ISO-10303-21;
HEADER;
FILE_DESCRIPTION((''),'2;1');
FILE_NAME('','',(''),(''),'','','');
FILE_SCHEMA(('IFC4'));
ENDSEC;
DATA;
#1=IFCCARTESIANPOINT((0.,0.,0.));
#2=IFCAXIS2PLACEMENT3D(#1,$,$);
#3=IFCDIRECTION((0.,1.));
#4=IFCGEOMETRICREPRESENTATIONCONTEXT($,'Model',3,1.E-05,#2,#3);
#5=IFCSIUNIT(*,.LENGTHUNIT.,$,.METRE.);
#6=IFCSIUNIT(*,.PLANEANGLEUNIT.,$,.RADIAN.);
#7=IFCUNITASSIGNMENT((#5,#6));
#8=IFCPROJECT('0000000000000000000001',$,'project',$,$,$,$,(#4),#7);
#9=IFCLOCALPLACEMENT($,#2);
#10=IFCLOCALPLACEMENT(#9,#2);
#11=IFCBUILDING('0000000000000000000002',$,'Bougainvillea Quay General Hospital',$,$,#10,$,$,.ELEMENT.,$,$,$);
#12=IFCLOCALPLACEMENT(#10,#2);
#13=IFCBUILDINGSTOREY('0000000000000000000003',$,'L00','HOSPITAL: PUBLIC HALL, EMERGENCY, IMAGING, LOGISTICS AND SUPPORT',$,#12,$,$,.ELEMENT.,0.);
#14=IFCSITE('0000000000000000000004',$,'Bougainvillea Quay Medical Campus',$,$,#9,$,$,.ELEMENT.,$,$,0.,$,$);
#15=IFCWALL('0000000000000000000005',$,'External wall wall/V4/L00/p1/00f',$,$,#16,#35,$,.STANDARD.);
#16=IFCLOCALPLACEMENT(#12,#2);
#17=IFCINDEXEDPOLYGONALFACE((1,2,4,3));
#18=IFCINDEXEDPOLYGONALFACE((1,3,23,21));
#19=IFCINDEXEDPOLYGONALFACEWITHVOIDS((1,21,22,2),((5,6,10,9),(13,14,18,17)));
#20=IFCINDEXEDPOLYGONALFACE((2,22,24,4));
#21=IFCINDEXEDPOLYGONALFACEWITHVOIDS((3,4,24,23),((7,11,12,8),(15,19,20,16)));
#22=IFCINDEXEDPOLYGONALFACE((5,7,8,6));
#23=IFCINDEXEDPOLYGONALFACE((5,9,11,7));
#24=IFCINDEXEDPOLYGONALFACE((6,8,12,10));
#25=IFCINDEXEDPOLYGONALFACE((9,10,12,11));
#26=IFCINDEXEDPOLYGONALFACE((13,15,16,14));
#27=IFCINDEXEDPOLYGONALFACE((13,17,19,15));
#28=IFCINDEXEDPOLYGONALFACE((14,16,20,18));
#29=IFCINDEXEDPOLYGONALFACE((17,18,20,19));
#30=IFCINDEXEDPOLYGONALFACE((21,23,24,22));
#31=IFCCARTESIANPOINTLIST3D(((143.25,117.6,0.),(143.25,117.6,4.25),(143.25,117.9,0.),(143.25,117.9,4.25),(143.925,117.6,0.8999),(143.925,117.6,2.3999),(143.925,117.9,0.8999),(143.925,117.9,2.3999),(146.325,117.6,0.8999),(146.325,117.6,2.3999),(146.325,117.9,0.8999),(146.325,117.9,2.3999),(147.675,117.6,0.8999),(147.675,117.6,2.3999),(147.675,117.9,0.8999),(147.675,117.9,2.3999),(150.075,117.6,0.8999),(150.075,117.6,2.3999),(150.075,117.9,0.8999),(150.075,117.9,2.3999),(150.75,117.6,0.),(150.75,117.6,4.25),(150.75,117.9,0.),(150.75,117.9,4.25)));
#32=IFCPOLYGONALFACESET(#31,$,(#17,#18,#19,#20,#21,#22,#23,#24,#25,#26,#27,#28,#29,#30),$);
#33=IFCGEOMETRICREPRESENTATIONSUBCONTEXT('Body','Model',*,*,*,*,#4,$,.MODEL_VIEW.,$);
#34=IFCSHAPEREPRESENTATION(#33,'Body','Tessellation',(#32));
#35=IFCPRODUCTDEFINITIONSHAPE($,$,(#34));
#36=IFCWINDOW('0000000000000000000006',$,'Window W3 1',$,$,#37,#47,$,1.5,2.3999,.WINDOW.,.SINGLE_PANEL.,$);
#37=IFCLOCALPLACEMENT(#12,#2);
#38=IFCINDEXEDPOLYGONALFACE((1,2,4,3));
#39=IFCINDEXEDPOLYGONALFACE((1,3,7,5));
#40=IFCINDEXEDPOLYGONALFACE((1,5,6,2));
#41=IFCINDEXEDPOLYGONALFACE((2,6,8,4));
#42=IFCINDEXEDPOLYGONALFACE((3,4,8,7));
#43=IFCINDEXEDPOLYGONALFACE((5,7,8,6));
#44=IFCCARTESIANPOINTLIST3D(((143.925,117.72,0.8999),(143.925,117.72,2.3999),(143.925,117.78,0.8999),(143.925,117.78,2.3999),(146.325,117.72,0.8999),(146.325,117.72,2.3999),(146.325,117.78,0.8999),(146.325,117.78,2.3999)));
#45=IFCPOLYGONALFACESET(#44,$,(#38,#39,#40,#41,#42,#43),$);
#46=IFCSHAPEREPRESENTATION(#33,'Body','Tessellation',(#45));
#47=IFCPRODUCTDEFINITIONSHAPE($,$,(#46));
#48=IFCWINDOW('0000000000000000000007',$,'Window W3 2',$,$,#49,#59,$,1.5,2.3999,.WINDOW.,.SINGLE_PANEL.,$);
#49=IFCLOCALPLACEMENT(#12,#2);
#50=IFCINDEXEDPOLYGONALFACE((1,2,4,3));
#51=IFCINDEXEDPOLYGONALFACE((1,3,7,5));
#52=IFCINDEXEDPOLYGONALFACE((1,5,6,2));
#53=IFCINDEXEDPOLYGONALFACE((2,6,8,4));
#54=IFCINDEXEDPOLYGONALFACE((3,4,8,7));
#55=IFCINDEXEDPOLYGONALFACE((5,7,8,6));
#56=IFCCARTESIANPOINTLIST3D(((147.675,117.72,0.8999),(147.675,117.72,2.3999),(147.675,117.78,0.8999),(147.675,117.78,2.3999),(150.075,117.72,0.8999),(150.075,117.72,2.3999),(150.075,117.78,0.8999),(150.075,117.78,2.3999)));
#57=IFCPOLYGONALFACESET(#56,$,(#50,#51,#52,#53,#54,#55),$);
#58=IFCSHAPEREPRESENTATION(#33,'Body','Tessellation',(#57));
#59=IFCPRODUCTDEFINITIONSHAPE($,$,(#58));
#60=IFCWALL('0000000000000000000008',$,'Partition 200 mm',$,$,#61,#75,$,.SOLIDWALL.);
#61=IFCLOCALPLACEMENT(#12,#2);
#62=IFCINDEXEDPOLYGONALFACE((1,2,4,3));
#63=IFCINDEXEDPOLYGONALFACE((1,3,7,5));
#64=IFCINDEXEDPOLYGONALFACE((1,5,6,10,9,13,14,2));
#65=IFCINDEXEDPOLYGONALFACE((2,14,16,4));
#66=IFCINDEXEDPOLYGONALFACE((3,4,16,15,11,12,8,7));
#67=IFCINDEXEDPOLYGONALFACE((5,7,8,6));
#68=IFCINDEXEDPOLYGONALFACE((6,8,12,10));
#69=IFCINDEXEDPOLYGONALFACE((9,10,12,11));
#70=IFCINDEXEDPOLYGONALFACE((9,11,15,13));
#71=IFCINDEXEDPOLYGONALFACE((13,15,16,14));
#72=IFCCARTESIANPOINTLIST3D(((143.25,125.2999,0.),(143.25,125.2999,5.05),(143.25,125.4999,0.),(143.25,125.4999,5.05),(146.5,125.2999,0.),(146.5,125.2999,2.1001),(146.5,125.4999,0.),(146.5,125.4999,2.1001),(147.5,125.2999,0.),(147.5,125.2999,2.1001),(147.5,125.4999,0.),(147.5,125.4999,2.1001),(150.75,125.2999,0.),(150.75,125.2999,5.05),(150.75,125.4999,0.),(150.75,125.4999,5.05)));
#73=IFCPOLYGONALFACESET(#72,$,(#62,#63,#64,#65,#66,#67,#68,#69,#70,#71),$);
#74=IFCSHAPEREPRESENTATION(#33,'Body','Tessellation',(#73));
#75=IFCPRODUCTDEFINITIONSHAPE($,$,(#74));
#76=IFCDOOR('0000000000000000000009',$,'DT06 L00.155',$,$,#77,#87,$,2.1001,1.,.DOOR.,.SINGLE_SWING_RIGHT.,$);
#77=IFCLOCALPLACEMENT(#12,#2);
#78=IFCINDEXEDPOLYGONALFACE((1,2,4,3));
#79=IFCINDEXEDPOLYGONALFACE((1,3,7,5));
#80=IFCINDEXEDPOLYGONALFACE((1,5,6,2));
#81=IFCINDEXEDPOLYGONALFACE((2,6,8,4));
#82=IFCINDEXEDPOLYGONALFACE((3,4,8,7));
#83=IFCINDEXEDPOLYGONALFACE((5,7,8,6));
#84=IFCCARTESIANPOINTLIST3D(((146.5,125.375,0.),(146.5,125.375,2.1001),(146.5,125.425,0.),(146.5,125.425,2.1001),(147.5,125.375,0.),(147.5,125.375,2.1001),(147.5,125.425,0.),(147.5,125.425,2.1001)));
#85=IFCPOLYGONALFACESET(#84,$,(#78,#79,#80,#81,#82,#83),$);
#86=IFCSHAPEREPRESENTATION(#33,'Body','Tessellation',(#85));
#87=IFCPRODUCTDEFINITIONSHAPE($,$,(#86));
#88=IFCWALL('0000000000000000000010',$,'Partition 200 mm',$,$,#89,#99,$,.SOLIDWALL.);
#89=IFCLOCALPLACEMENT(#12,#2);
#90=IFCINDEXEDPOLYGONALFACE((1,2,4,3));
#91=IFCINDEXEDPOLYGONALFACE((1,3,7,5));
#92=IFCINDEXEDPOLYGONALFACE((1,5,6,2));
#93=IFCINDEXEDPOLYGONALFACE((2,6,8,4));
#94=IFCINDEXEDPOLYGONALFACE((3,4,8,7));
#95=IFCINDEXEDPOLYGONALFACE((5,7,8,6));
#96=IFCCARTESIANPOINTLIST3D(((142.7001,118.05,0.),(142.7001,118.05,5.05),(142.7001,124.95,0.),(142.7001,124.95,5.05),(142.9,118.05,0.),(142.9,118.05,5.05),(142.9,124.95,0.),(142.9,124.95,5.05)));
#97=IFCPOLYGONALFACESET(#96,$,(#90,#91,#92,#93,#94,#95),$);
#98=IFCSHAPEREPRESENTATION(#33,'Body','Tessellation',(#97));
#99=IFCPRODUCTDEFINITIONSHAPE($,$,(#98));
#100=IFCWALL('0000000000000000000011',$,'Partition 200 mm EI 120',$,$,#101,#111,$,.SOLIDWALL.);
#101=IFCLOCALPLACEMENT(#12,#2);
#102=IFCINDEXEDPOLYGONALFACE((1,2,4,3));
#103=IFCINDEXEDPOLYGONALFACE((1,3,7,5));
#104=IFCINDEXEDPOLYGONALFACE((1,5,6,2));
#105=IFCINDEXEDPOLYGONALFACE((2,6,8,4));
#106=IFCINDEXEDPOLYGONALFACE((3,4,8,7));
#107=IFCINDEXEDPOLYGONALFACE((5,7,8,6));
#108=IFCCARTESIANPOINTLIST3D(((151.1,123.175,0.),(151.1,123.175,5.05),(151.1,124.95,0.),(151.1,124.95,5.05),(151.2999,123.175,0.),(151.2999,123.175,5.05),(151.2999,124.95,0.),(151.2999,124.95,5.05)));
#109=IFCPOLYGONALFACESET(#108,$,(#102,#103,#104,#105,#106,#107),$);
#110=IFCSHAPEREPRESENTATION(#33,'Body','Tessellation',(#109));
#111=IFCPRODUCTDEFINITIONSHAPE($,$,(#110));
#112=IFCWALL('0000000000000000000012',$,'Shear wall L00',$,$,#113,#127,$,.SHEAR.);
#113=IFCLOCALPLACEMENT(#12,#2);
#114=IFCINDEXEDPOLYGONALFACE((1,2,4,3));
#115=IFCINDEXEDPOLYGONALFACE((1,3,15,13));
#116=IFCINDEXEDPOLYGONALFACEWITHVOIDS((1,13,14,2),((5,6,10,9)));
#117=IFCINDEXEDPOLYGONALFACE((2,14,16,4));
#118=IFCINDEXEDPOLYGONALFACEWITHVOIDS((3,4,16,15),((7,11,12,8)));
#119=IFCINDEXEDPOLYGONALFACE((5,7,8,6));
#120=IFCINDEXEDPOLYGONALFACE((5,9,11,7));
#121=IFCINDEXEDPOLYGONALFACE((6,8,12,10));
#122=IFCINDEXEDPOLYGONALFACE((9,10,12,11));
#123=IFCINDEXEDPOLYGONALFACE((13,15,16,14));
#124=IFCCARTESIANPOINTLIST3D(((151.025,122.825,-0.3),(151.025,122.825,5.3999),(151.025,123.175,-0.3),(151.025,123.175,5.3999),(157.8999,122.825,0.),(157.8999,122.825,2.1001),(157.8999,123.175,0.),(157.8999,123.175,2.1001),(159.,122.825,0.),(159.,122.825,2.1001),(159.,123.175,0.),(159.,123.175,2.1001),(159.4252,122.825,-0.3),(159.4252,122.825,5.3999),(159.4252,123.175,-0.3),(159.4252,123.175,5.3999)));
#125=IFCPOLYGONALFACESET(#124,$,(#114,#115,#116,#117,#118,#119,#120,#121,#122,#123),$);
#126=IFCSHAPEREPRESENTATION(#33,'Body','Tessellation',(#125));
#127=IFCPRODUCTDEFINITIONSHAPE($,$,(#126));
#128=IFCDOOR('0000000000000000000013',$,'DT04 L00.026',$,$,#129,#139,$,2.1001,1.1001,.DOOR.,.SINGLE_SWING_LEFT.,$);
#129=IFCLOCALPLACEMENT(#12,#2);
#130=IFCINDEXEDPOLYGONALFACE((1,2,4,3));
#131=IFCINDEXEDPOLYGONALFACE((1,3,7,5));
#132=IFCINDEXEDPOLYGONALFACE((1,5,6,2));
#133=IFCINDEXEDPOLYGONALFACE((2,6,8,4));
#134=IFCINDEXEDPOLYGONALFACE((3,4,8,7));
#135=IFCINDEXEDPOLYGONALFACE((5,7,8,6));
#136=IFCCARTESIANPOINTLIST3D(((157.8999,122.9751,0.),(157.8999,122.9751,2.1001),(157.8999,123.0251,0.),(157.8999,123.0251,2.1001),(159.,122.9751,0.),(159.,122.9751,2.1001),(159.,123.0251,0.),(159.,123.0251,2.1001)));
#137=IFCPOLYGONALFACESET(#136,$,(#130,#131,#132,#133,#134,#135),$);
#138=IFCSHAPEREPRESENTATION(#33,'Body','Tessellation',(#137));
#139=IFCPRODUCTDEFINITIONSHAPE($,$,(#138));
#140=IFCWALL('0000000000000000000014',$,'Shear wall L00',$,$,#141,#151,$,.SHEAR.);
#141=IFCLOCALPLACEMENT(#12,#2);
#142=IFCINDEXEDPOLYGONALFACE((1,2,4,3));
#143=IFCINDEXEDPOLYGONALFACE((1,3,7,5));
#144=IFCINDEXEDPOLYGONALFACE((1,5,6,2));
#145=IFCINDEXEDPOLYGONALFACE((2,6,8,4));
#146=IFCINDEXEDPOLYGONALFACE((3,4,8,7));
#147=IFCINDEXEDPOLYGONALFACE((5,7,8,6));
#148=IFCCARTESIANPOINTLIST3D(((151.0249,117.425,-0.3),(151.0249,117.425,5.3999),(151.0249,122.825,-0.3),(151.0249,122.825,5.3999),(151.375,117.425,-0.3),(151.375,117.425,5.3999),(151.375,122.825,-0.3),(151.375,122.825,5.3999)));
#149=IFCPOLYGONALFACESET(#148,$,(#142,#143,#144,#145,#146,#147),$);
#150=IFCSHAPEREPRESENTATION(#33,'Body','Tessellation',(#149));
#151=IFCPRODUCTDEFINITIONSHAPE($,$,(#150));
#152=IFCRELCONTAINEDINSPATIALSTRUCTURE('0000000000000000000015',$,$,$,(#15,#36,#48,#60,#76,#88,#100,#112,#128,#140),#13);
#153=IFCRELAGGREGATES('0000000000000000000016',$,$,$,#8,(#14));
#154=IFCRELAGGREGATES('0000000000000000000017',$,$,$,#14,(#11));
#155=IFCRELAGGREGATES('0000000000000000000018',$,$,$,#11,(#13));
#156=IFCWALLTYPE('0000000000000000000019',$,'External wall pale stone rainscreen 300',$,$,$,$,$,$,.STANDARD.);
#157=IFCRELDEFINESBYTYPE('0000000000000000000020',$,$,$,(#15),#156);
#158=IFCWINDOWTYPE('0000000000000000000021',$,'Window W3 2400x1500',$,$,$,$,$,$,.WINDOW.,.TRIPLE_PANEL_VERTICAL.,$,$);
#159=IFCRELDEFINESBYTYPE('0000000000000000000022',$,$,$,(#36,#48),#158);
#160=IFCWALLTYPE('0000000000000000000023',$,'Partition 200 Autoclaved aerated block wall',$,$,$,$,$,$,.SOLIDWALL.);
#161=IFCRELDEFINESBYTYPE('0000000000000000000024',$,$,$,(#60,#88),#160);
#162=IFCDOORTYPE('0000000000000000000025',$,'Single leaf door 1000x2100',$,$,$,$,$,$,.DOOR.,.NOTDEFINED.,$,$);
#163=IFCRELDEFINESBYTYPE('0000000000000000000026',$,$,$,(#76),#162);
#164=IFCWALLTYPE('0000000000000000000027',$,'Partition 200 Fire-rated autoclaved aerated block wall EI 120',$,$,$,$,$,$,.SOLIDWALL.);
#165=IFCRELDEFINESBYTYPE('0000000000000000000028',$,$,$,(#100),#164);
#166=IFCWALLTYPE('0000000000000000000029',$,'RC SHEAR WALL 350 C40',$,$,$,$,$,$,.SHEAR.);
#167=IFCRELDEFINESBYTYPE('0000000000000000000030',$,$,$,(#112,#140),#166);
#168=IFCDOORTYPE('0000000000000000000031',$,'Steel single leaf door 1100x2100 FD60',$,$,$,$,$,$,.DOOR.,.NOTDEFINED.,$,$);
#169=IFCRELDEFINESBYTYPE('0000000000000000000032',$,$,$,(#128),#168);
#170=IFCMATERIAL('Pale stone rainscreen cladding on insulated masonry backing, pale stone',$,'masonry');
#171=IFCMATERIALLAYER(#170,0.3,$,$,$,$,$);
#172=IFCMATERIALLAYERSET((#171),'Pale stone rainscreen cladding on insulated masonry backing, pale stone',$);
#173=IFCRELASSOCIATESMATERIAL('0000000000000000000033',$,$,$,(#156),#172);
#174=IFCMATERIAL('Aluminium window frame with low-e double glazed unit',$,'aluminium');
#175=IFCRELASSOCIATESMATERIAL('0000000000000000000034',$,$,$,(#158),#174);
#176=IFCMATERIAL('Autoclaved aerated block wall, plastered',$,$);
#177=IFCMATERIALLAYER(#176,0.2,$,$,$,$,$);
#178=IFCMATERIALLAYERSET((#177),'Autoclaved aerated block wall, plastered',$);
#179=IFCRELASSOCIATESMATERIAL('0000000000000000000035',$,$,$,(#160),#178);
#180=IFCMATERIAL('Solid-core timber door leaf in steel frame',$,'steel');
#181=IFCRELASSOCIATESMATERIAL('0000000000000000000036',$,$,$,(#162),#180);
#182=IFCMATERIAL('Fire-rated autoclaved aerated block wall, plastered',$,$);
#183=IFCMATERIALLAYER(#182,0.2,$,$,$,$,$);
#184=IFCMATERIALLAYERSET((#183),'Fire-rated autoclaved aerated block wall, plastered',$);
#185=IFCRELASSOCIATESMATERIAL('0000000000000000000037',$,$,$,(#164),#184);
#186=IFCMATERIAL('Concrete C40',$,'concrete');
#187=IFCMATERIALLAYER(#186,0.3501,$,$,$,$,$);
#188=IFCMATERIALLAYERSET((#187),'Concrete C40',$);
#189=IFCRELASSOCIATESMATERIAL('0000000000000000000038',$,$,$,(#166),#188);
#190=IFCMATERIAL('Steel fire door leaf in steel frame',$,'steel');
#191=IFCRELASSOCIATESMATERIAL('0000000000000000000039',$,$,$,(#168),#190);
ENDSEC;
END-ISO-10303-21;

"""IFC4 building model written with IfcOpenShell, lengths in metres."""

from ifc_helpers import new_model, si_unit, direction, frame, frame_2d, origin, place, context, subcontext, project, spatial, rectangle, extrude, material, layer, layer_set, type_object, element, fill, save


model = new_model("IFC4")

# Units and contexts
model_context = context("Model", 3, precision=1e-05, world=origin(), true_north=direction((0.0, 1.0)))
body_context = subcontext(model_context, "Body", "Model", "MODEL_VIEW")
ifc_project = project(units=[si_unit("LENGTHUNIT", "METRE"), si_unit("PLANEANGLEUNIT", "RADIAN")], contexts=[model_context])

# Site, building, storey
site_placement = place(None, origin())
site = spatial("IfcSite", under=ifc_project, at=site_placement, Name="Bougainvillea Quay Medical Campus", CompositionType="ELEMENT", RefElevation=0.0)
building_placement = place(site_placement, origin())
building = spatial("IfcBuilding", under=site, at=building_placement, Name="Bougainvillea Quay General Hospital", CompositionType="ELEMENT")
storey_placement = place(building_placement, origin())
storey = spatial("IfcBuildingStorey", under=building, at=storey_placement, Name="L00", Description="HOSPITAL: PUBLIC HALL, EMERGENCY, IMAGING, LOGISTICS AND SUPPORT", CompositionType="ELEMENT", Elevation=0.0)

# Shared definitions
ifc_material_1 = material(Name="Concrete C40", Category="concrete")

# Wall, openings, windows
ifc_material_2 = material(Name="Pale stone rainscreen cladding on insulated masonry backing, pale stone", Category="masonry")
ifc_layer_1 = layer(ifc_material_2, 0.3)
ifc_layer_set_1 = layer_set([ifc_layer_1], Name="Pale stone rainscreen cladding on insulated masonry backing, pale stone")
wall_type_1 = type_object("IfcWallType", Name="External wall pale stone rainscreen 300", PredefinedType="STANDARD", material=ifc_layer_set_1)
wall_1_placement = place(storey_placement, frame((143.25, 117.75, 0.0), z_axis=(0.0, 0.0, 1.0), x_axis=(1.0, 0.0, 0.0)))
wall_1 = element("IfcWall", 1, at=wall_1_placement, inside=storey, type_object=wall_type_1, Name="External wall wall/V4/L00/p1/00f", PredefinedType="STANDARD", context=body_context, shape_type="SweptSolid", body=[
    extrude(rectangle(XDim=7.5, YDim=0.3, at=frame_2d((3.75, 0.0))), origin(), (0.0, 0.0, 1.0), 4.25),
])
opening_1_placement = place(wall_1_placement, frame((0.675, 0.0, 0.8999)))
opening_1 = element("IfcOpeningElement", 2, at=opening_1_placement, cuts=wall_1, PredefinedType="OPENING", context=body_context, shape_type="SweptSolid", body=[
    extrude(rectangle(XDim=2.3999, YDim=1.5, at=frame_2d((1.2, 0.75))), frame((0.0, 0.1599, 0.0), z_axis=(0.0, -1.0, 0.0), x_axis=(1.0, 0.0, 0.0)), (0.0, 0.0, 1.0), 0.3201),
])
opening_2_placement = place(wall_1_placement, frame((4.425, 0.0, 0.8999)))
opening_2 = element("IfcOpeningElement", 3, at=opening_2_placement, cuts=wall_1, PredefinedType="OPENING", context=body_context, shape_type="SweptSolid", body=[
    extrude(rectangle(XDim=2.3999, YDim=1.5, at=frame_2d((1.2, 0.75))), frame((0.0, 0.1599, 0.0), z_axis=(0.0, -1.0, 0.0), x_axis=(1.0, 0.0, 0.0)), (0.0, 0.0, 1.0), 0.3201),
])
ifc_material_3 = material(Name="Aluminium window frame with low-e double glazed unit", Category="aluminium")
window_type = type_object("IfcWindowType", Name="Window W3 2400x1500", PartitioningType="TRIPLE_PANEL_VERTICAL", PredefinedType="WINDOW", material=ifc_material_3)
window_1_placement = place(opening_1_placement, origin())
window_1 = element("IfcWindow", 4, at=window_1_placement, inside=storey, type_object=window_type, Name="Window W3 1", OverallHeight=1.5, OverallWidth=2.3999, PartitioningType="SINGLE_PANEL", PredefinedType="WINDOW", context=body_context, shape_type="SweptSolid", body=[
    extrude(rectangle(XDim=2.3999, YDim=1.5, at=frame_2d((1.2, 0.75))), frame((0.0, 0.03, 0.0), z_axis=(0.0, -1.0, 0.0), x_axis=(1.0, 0.0, 0.0)), (0.0, 0.0, 1.0), 0.0601),
])
fill(opening_1, window_1)
window_2_placement = place(opening_2_placement, origin())
window_2 = element("IfcWindow", 5, at=window_2_placement, inside=storey, type_object=window_type, Name="Window W3 2", OverallHeight=1.5, OverallWidth=2.3999, PartitioningType="SINGLE_PANEL", PredefinedType="WINDOW", context=body_context, shape_type="SweptSolid", body=[
    extrude(rectangle(XDim=2.3999, YDim=1.5, at=frame_2d((1.2, 0.75))), frame((0.0, 0.03, 0.0), z_axis=(0.0, -1.0, 0.0), x_axis=(1.0, 0.0, 0.0)), (0.0, 0.0, 1.0), 0.0601),
])
fill(opening_2, window_2)

# Wall, opening, door
ifc_material_4 = material(Name="Autoclaved aerated block wall, plastered")
ifc_layer_2 = layer(ifc_material_4, 0.2)
ifc_layer_set_2 = layer_set([ifc_layer_2], Name="Autoclaved aerated block wall, plastered")
wall_type_2 = type_object("IfcWallType", Name="Partition 200 Autoclaved aerated block wall", PredefinedType="SOLIDWALL", material=ifc_layer_set_2)
wall_2_placement = place(storey_placement, frame((143.25, 125.3999, 0.0), z_axis=(0.0, 0.0, 1.0), x_axis=(1.0, 0.0, 0.0)))
wall_2 = element("IfcWall", 6, at=wall_2_placement, inside=storey, type_object=wall_type_2, Name="Partition 200 mm", PredefinedType="SOLIDWALL", context=body_context, shape_type="SweptSolid", body=[
    extrude(rectangle(XDim=7.5, YDim=0.2, at=frame_2d((3.75, 0.0))), origin(), (0.0, 0.0, 1.0), 5.05),
])
opening_3_placement = place(wall_2_placement, frame((3.25, 0.0, 0.0)))
opening_3 = element("IfcOpeningElement", 7, at=opening_3_placement, cuts=wall_2, PredefinedType="OPENING", context=body_context, shape_type="SweptSolid", body=[
    extrude(rectangle(XDim=1.0, YDim=2.1001, at=frame_2d((0.5, 1.05))), frame((0.0, 0.1099, 0.0), z_axis=(0.0, -1.0, 0.0), x_axis=(1.0, 0.0, 0.0)), (0.0, 0.0, 1.0), 0.22),
])
ifc_material_5 = material(Name="Solid-core timber door leaf in steel frame", Category="steel")
door_type_1 = type_object("IfcDoorType", Name="Single leaf door 1000x2100", OperationType="NOTDEFINED", PredefinedType="DOOR", material=ifc_material_5)
door_1_placement = place(opening_3_placement, frame((1.0, 0.0, 0.0), z_axis=(0.0, 0.0, 1.0), x_axis=(-1.0, 0.0, 0.0)))
door_1 = element("IfcDoor", 8, at=door_1_placement, inside=storey, type_object=door_type_1, Name="DT06 L00.155", OperationType="SINGLE_SWING_RIGHT", OverallHeight=2.1001, OverallWidth=1.0, PredefinedType="DOOR", context=body_context, shape_type="SweptSolid", body=[
    extrude(rectangle(XDim=1.0, YDim=2.1001, at=frame_2d((0.5, 1.05))), frame((0.0, 0.0249, 0.0), z_axis=(0.0, -1.0, 0.0), x_axis=(1.0, 0.0, 0.0)), (0.0, 0.0, 1.0), 0.05),
])
fill(opening_3, door_1)

# Walls
wall_3_placement = place(storey_placement, frame((142.8, 118.05, 0.0), z_axis=(0.0, 0.0, 1.0), x_axis=(0.0, 1.0, 0.0)))
element("IfcWall", 9, at=wall_3_placement, inside=storey, type_object=wall_type_2, Name="Partition 200 mm", PredefinedType="SOLIDWALL", context=body_context, shape_type="SweptSolid", body=[
    extrude(rectangle(XDim=6.8999, YDim=0.2, at=frame_2d((3.45, 0.0))), origin(), (0.0, 0.0, 1.0), 5.05),
])
ifc_material_6 = material(Name="Fire-rated autoclaved aerated block wall, plastered")
ifc_layer_3 = layer(ifc_material_6, 0.2)
ifc_layer_set_3 = layer_set([ifc_layer_3], Name="Fire-rated autoclaved aerated block wall, plastered")
wall_type_3 = type_object("IfcWallType", Name="Partition 200 Fire-rated autoclaved aerated block wall EI 120", PredefinedType="SOLIDWALL", material=ifc_layer_set_3)
wall_4_placement = place(storey_placement, frame((151.2, 123.175, 0.0), z_axis=(0.0, 0.0, 1.0), x_axis=(0.0, 1.0, 0.0)))
element("IfcWall", 10, at=wall_4_placement, inside=storey, type_object=wall_type_3, Name="Partition 200 mm EI 120", PredefinedType="SOLIDWALL", context=body_context, shape_type="SweptSolid", body=[
    extrude(rectangle(XDim=1.7749, YDim=0.2, at=frame_2d((0.8875, 0.0))), origin(), (0.0, 0.0, 1.0), 5.05),
])

# Wall, opening, door
ifc_layer_4 = layer(ifc_material_1, 0.3501)
ifc_layer_set_4 = layer_set([ifc_layer_4], Name="Concrete C40")
wall_type_4 = type_object("IfcWallType", Name="RC SHEAR WALL 350 C40", PredefinedType="SHEAR", material=ifc_layer_set_4)
wall_5_placement = place(storey_placement, frame((151.0249, 123.0, -0.3), z_axis=(0.0, 0.0, 1.0), x_axis=(1.0, 0.0, 0.0)))
wall_5 = element("IfcWall", 11, at=wall_5_placement, inside=storey, type_object=wall_type_4, Name="Shear wall L00", PredefinedType="SHEAR", context=body_context, shape_type="SweptSolid", body=[
    extrude(rectangle(XDim=8.4001, YDim=0.3501, at=frame_2d((4.2002, 0.0))), origin(), (0.0, 0.0, 1.0), 5.7),
])
opening_4_placement = place(wall_5_placement, frame((6.875, 0.0, 0.3)))
opening_4 = element("IfcOpeningElement", 12, at=opening_4_placement, cuts=wall_5, PredefinedType="OPENING", context=body_context, shape_type="SweptSolid", body=[
    extrude(rectangle(XDim=1.1001, YDim=2.1001, at=frame_2d((0.55, 1.05))), frame((0.0, 0.1851, 0.0), z_axis=(0.0, -1.0, 0.0), x_axis=(1.0, 0.0, 0.0)), (0.0, 0.0, 1.0), 0.3701),
])
ifc_material_7 = material(Name="Steel fire door leaf in steel frame", Category="steel")
door_type_2 = type_object("IfcDoorType", Name="Steel single leaf door 1100x2100 FD60", OperationType="NOTDEFINED", PredefinedType="DOOR", material=ifc_material_7)
door_2_placement = place(opening_4_placement, frame((1.1001, 0.0, 0.0), z_axis=(0.0, 0.0, 1.0), x_axis=(-1.0, 0.0, 0.0)))
door_2 = element("IfcDoor", 13, at=door_2_placement, inside=storey, type_object=door_type_2, Name="DT04 L00.026", OperationType="SINGLE_SWING_LEFT", OverallHeight=2.1001, OverallWidth=1.1001, PredefinedType="DOOR", context=body_context, shape_type="SweptSolid", body=[
    extrude(rectangle(XDim=1.1001, YDim=2.1001, at=frame_2d((0.55, 1.05))), frame((0.0, 0.0249, 0.0), z_axis=(0.0, -1.0, 0.0), x_axis=(1.0, 0.0, 0.0)), (0.0, 0.0, 1.0), 0.05),
])
fill(opening_4, door_2)

# Wall
wall_6_placement = place(storey_placement, frame((151.2, 117.425, -0.3), z_axis=(0.0, 0.0, 1.0), x_axis=(0.0, 1.0, 0.0)))
element("IfcWall", 14, at=wall_6_placement, inside=storey, type_object=wall_type_4, Name="Shear wall L00", PredefinedType="SHEAR", context=body_context, shape_type="SweptSolid", body=[
    extrude(rectangle(XDim=5.3999, YDim=0.3501, at=frame_2d((2.7, 0.0))), origin(), (0.0, 0.0, 1.0), 5.7),
])

save(model, "model.ifc")
